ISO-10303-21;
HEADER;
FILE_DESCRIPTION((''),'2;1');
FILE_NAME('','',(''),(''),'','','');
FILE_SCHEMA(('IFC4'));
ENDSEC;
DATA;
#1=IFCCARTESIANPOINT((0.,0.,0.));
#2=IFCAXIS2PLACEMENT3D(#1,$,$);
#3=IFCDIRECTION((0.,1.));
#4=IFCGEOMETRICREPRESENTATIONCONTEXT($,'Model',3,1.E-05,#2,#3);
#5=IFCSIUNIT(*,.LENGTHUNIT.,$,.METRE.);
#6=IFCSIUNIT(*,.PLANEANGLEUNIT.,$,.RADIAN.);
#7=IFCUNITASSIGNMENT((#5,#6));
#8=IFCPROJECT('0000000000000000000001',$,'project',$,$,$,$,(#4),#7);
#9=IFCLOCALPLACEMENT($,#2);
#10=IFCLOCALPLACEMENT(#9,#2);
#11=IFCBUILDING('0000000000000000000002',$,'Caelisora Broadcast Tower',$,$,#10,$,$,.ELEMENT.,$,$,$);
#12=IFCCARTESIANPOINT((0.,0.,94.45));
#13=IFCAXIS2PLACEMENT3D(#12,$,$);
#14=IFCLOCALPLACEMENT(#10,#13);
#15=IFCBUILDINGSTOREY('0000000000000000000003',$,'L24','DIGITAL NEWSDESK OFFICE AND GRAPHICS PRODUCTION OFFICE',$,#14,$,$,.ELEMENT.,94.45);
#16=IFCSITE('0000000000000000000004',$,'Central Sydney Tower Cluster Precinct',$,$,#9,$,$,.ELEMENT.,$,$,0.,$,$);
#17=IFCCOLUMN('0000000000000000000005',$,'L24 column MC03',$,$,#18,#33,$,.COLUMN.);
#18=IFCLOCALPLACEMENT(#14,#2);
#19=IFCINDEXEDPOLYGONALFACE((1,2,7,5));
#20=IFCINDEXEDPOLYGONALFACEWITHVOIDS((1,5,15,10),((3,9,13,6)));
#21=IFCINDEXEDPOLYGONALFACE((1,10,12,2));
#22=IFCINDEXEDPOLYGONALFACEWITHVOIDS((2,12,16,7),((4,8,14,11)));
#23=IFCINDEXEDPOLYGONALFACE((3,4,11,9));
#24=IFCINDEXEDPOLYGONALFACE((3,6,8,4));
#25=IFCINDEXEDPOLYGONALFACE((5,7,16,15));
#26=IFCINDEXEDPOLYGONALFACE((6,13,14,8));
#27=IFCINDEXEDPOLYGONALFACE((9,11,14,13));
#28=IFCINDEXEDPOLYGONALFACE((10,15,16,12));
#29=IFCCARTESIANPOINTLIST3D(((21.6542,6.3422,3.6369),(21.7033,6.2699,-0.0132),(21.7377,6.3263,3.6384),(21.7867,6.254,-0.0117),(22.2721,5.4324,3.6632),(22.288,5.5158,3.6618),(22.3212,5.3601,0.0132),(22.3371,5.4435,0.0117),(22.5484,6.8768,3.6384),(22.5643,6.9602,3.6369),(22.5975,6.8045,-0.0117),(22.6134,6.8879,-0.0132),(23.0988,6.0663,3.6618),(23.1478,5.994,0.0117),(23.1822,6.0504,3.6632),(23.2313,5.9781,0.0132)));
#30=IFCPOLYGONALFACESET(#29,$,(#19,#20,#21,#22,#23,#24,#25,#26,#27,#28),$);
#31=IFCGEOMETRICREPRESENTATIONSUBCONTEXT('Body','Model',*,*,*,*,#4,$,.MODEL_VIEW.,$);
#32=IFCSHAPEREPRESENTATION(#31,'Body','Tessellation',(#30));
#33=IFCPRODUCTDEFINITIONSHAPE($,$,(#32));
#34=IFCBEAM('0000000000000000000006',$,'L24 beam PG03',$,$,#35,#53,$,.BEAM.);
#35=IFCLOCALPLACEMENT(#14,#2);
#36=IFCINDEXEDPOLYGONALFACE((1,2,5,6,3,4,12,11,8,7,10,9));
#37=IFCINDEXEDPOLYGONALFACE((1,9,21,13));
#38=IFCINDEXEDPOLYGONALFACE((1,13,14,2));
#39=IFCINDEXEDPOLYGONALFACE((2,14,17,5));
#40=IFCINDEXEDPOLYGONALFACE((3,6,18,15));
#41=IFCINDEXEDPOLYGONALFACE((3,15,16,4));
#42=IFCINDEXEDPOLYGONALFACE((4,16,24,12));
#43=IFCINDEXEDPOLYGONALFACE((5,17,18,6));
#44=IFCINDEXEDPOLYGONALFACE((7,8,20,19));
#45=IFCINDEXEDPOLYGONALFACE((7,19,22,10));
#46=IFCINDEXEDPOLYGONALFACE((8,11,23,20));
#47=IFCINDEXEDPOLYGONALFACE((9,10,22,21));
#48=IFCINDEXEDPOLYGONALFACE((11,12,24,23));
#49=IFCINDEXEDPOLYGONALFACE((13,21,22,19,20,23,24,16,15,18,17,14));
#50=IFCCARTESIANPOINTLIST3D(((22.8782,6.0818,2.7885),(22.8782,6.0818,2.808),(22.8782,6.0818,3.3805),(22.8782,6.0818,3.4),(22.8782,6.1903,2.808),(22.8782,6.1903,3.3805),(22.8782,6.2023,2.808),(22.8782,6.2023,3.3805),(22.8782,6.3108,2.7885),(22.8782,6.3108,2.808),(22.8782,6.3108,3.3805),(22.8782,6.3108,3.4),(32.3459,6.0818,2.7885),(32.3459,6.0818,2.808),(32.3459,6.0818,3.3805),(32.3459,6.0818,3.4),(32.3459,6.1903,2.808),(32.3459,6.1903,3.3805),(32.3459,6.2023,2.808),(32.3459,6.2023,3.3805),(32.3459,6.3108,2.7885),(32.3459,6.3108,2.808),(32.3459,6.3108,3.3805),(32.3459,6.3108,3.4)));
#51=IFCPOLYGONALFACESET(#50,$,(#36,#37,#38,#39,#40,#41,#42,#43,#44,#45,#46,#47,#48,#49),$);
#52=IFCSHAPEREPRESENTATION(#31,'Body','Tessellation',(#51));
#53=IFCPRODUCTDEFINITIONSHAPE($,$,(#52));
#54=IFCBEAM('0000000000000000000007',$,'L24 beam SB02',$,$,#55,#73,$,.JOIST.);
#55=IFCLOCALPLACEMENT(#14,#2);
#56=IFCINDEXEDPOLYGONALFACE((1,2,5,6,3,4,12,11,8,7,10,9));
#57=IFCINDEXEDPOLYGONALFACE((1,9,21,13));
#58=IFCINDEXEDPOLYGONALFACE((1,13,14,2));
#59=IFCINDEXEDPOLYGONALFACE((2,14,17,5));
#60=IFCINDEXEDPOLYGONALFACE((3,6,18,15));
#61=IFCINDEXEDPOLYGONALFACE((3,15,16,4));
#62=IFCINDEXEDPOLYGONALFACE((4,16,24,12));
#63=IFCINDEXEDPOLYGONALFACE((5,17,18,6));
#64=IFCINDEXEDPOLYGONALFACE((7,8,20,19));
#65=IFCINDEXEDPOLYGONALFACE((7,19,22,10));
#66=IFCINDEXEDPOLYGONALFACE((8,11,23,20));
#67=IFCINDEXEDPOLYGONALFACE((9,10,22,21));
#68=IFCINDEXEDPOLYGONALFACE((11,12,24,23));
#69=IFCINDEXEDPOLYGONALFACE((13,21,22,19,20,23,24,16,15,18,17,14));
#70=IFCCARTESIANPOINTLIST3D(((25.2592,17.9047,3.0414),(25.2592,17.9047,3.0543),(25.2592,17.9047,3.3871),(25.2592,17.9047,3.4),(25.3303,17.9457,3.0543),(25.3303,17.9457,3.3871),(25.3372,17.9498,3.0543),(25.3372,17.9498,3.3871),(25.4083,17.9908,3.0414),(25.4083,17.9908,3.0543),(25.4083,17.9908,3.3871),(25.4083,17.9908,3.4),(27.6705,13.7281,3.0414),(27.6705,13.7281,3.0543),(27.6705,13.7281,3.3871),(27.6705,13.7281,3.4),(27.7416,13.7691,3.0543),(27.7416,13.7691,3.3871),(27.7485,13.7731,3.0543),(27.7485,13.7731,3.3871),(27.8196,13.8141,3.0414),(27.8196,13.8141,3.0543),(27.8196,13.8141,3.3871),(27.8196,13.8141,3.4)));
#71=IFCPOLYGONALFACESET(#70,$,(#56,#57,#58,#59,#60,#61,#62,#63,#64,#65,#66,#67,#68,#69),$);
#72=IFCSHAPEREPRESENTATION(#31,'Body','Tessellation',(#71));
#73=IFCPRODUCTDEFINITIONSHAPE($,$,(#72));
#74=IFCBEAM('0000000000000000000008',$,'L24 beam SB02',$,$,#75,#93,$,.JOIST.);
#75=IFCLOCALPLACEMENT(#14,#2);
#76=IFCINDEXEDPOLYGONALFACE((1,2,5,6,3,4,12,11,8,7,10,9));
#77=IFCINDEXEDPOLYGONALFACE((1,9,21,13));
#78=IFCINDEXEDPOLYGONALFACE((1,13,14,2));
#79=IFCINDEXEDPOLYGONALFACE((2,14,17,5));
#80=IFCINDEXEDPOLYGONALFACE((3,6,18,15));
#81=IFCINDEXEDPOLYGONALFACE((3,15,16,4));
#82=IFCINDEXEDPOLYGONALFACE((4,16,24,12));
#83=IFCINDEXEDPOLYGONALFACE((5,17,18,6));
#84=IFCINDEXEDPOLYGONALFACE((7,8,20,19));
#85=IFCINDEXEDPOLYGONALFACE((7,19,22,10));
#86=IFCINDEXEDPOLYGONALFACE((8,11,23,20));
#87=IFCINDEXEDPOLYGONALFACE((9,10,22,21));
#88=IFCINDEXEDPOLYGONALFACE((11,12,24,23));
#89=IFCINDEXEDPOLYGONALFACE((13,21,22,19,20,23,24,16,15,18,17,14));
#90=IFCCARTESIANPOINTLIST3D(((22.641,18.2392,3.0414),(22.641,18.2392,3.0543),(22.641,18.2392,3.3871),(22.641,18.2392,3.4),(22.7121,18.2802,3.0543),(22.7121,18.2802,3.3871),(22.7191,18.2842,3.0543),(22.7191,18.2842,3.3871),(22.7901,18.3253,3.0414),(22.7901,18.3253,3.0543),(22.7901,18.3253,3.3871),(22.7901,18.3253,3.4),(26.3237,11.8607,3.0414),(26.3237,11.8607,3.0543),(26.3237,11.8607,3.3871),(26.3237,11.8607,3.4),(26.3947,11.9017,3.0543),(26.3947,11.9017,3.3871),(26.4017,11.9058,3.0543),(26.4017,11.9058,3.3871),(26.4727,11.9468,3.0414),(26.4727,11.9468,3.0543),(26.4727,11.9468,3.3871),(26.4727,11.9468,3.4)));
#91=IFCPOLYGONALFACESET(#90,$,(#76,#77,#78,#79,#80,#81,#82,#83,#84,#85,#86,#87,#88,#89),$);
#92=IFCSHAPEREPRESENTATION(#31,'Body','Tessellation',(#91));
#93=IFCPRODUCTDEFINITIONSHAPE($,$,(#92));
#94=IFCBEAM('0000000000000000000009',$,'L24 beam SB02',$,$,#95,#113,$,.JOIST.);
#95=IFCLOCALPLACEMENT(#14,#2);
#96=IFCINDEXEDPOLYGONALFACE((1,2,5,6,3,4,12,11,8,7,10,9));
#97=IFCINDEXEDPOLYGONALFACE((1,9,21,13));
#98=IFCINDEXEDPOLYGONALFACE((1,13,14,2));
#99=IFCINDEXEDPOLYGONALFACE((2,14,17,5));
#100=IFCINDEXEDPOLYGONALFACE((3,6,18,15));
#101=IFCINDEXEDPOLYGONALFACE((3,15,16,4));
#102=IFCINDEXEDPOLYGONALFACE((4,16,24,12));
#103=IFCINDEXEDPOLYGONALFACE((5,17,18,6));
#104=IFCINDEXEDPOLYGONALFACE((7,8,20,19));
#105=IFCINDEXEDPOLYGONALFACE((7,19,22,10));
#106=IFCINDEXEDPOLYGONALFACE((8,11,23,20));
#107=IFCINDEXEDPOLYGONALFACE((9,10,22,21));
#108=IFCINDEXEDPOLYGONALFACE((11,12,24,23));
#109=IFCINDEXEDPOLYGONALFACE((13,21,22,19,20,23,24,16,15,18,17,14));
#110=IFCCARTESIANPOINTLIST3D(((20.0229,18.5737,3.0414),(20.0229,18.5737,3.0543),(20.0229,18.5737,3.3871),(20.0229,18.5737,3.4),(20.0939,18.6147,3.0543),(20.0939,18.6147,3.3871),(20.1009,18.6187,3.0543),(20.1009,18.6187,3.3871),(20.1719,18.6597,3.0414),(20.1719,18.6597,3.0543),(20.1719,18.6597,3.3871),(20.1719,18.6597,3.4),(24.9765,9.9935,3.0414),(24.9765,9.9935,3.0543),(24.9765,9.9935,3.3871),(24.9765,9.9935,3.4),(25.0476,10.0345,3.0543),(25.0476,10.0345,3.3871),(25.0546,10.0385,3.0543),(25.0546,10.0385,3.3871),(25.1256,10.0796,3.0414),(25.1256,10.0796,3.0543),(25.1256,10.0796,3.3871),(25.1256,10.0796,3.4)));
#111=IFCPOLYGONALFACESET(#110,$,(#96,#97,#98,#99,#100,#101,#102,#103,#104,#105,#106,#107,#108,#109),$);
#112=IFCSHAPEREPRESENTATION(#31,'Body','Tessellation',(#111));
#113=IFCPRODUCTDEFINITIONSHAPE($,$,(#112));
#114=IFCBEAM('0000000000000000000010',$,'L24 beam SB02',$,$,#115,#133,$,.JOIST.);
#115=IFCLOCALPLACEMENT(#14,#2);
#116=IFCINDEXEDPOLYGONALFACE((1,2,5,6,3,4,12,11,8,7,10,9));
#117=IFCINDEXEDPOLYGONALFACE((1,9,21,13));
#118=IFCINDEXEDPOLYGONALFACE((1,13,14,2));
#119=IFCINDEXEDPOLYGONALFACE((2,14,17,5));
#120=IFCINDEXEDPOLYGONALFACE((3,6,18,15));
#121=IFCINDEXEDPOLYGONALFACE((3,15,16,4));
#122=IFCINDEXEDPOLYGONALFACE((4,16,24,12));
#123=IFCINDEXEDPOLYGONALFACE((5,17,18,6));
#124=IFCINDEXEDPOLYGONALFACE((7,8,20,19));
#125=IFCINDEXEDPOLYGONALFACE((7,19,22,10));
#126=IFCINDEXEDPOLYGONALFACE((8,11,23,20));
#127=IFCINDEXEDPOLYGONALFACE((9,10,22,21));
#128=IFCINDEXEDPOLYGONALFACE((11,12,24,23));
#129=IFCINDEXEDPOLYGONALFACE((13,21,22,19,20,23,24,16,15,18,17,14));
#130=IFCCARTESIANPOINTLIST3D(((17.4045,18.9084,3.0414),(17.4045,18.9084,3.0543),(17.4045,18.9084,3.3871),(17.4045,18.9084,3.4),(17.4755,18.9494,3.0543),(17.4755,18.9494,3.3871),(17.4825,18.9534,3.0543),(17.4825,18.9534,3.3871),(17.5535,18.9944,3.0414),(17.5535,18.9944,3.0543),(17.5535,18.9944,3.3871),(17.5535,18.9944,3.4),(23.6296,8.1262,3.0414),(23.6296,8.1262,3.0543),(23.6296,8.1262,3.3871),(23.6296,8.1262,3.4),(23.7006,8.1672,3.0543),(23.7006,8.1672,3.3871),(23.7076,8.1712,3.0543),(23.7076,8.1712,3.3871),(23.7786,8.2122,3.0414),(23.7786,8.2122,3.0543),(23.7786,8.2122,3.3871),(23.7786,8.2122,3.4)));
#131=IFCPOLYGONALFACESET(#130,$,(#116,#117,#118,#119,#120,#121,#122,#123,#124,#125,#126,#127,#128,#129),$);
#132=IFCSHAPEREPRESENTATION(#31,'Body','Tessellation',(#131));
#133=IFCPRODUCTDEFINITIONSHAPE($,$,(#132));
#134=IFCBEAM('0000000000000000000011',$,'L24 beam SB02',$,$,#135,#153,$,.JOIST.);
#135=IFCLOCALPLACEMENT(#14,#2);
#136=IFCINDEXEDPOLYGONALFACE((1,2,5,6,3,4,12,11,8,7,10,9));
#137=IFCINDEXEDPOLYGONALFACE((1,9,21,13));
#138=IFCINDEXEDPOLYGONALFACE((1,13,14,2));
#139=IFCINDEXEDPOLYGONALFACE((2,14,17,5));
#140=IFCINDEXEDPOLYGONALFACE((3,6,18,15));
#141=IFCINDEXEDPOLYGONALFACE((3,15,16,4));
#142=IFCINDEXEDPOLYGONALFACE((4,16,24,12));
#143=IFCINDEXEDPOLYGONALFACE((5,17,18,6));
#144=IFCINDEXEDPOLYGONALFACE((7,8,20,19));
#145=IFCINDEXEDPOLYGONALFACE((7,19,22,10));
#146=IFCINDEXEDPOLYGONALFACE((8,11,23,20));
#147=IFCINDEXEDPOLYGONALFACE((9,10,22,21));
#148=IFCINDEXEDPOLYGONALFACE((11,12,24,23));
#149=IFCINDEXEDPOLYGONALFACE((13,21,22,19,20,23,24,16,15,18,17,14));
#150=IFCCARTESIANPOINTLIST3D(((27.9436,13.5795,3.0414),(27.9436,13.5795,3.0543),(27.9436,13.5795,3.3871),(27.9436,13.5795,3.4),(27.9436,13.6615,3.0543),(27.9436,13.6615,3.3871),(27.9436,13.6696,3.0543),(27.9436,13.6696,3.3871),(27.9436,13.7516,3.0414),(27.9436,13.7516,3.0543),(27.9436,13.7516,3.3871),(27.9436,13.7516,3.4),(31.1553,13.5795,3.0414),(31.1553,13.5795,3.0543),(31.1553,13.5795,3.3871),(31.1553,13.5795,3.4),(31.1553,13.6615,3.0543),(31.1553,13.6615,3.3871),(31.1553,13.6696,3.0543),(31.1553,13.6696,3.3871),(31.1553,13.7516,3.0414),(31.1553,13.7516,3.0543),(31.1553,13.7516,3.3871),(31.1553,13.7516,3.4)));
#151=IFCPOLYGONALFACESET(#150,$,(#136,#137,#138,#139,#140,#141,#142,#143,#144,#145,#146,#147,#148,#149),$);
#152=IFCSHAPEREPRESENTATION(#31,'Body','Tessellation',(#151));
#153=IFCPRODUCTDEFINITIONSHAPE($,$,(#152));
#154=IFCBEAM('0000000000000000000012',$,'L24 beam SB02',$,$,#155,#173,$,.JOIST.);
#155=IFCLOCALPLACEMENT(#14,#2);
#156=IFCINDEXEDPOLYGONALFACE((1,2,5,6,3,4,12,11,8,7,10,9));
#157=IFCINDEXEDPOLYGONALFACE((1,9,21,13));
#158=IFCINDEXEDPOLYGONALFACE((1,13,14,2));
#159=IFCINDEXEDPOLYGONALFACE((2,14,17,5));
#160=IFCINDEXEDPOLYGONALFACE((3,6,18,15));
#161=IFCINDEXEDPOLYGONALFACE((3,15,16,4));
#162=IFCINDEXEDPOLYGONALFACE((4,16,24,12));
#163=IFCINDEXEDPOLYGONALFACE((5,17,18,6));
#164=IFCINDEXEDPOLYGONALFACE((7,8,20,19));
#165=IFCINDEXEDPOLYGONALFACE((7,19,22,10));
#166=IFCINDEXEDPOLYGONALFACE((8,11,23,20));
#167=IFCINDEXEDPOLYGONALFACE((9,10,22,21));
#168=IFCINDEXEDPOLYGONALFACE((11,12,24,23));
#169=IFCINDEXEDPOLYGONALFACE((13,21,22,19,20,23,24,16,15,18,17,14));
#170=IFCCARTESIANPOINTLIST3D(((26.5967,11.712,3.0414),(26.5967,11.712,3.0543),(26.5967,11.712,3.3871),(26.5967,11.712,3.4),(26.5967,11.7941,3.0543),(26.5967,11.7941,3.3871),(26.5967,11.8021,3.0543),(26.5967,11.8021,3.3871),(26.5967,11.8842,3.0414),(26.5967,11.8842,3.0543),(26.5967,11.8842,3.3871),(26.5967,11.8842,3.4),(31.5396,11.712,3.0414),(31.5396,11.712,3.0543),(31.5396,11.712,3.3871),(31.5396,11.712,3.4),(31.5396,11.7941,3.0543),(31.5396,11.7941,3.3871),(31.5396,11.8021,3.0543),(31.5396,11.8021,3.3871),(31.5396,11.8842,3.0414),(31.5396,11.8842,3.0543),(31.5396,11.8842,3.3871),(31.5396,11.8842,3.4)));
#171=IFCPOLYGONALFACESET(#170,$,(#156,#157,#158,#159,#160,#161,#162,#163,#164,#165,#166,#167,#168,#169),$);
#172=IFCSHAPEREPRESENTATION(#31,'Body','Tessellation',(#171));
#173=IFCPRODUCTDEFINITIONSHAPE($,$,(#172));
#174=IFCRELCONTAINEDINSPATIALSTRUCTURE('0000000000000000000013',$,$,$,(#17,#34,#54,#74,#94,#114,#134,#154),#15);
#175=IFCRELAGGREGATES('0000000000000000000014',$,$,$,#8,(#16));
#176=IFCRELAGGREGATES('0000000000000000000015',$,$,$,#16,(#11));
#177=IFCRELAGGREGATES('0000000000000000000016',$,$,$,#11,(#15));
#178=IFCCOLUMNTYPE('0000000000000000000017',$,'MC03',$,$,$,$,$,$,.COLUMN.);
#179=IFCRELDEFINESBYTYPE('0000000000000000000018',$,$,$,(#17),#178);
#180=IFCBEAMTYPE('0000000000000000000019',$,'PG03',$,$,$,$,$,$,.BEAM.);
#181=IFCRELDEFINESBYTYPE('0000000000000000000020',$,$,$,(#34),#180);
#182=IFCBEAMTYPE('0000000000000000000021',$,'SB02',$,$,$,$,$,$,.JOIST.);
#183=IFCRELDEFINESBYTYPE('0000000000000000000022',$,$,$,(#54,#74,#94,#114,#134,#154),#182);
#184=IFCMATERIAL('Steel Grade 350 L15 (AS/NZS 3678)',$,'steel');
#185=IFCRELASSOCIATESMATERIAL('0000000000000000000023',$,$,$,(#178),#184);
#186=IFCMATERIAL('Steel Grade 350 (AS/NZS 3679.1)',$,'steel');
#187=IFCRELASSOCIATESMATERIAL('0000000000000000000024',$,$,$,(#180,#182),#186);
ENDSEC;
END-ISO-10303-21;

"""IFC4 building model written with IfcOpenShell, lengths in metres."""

from ifc_helpers import new_model, si_unit, direction, frame, origin, origin_2d, place, context, subcontext, project, spatial, hollow_rectangle, i_section, extrude, source, transform, mapped, material, material_profile, profile_set, type_object, type_shapes, element, save


model = new_model("IFC4")

# Units and contexts
model_context = context("Model", 3, precision=1e-05, world=origin(), true_north=direction((0.0, 1.0)))
body_context = subcontext(model_context, "Body", "Model", "MODEL_VIEW")
ifc_project = project(units=[si_unit("LENGTHUNIT", "METRE"), si_unit("PLANEANGLEUNIT", "RADIAN")], contexts=[model_context])

# Site, building, storey
site_placement = place(None, origin())
site = spatial("IfcSite", under=ifc_project, at=site_placement, Name="Central Sydney Tower Cluster Precinct", CompositionType="ELEMENT", RefElevation=0.0)
building_placement = place(site_placement, origin())
building = spatial("IfcBuilding", under=site, at=building_placement, Name="Caelisora Broadcast Tower", CompositionType="ELEMENT")
storey_placement = place(building_placement, frame((0.0, 0.0, 94.45)))
storey = spatial("IfcBuildingStorey", under=building, at=storey_placement, Name="L24", Description="DIGITAL NEWSDESK OFFICE AND GRAPHICS PRODUCTION OFFICE", CompositionType="ELEMENT", Elevation=94.45)

# Column
ifc_material_1 = material(Name="Steel Grade 350 L15 (AS/NZS 3678)", Category="steel")
ifc_material_profile_1 = material_profile(ifc_material_1, hollow_rectangle(XDim=1.1001, YDim=1.1001, WallThickness=0.0601, at=origin_2d()), Name="Steel Grade 350 L15 (AS/NZS 3678)")
ifc_profile_set_1 = profile_set([ifc_material_profile_1], Name="Steel Grade 350 L15 (AS/NZS 3678)")
column_type = type_object("IfcColumnType", Name="MC03", PredefinedType="COLUMN", material=ifc_profile_set_1)
shared_shape_1 = source(origin(), body_context, "Body", "SweptSolid", [
    extrude(hollow_rectangle(XDim=1.1001, YDim=1.1001, WallThickness=0.0601, at=origin_2d()), origin(), (0.0, 0.0, 1.0), 3.6511),
])
type_shapes(column_type, [shared_shape_1])
column_placement = place(storey_placement, frame((22.4673, 6.124, 0.0), z_axis=(-0.01344, 0.019792, 0.999714), x_axis=(-0.82729, -0.561775, 0.0)))
element("IfcColumn", 1, at=column_placement, inside=storey, type_object=column_type, Name="L24 column MC03", PredefinedType="COLUMN", context=body_context, shape_type="MappedRepresentation", body=[
    mapped(shared_shape_1, transform((0.0, 0.0, 0.0), scale=1.0)),
])

# Beams
ifc_material_2 = material(Name="Steel Grade 350 (AS/NZS 3679.1)", Category="steel")
ifc_material_profile_2 = material_profile(ifc_material_2, i_section(OverallWidth=0.229, OverallDepth=0.6116, WebThickness=0.012, FlangeThickness=0.0195, at=origin_2d()), Name="Steel Grade 350 (AS/NZS 3679.1)")
ifc_profile_set_2 = profile_set([ifc_material_profile_2], Name="Steel Grade 350 (AS/NZS 3679.1)")
beam_type_1 = type_object("IfcBeamType", Name="PG03", PredefinedType="BEAM", material=ifc_profile_set_2)
shared_shape_2 = source(origin(), body_context, "Body", "SweptSolid", [
    extrude(i_section(OverallWidth=0.229, OverallDepth=0.6116, WebThickness=0.012, FlangeThickness=0.0195, at=origin_2d()), origin(), (0.0, 0.0, 1.0), 9.4678),
])
type_shapes(beam_type_1, [shared_shape_2])
beam_1_placement = place(storey_placement, frame((22.8782, 6.1963, 3.0942), z_axis=(1.0, 0.0, 0.0), x_axis=(0.0, 1.0, 0.0)))
element("IfcBeam", 2, at=beam_1_placement, inside=storey, type_object=beam_type_1, Name="L24 beam PG03", PredefinedType="BEAM", context=body_context, shape_type="MappedRepresentation", body=[
    mapped(shared_shape_2, transform((0.0, 0.0, 0.0), scale=1.0)),
])
ifc_material_profile_3 = material_profile(ifc_material_2, i_section(OverallWidth=0.1721, OverallDepth=0.3586, WebThickness=0.0081, FlangeThickness=0.0129, at=origin_2d()), Name="Steel Grade 350 (AS/NZS 3679.1)")
ifc_profile_set_3 = profile_set([ifc_material_profile_3], Name="Steel Grade 350 (AS/NZS 3679.1)")
beam_type_2 = type_object("IfcBeamType", Name="SB02", PredefinedType="JOIST", material=ifc_profile_set_3)
shared_shape_3 = source(origin(), body_context, "Body", "SweptSolid", [
    extrude(i_section(OverallWidth=0.1721, OverallDepth=0.3586, WebThickness=0.0081, FlangeThickness=0.0129, at=origin_2d()), origin(), (0.0, 0.0, 1.0), 4.8228),
])
beam_2_placement = place(storey_placement, frame((25.3337, 17.9478, 3.2207), z_axis=(0.499988, -0.866032, 0.0), x_axis=(0.866032, 0.499988, 0.0)))
element("IfcBeam", 3, at=beam_2_placement, inside=storey, type_object=beam_type_2, Name="L24 beam SB02", PredefinedType="JOIST", context=body_context, shape_type="MappedRepresentation", body=[
    mapped(shared_shape_3, transform((0.0, 0.0, 0.0), scale=1.0)),
])
shared_shape_4 = source(origin(), body_context, "Body", "SweptSolid", [
    extrude(i_section(OverallWidth=0.1721, OverallDepth=0.3586, WebThickness=0.0081, FlangeThickness=0.0129, at=origin_2d()), origin(), (0.0, 0.0, 1.0), 7.3652),
])
beam_3_placement = place(storey_placement, frame((22.7156, 18.2822, 3.2207), z_axis=(0.500004, -0.866023, 0.0), x_axis=(0.866023, 0.500004, 0.0)))
element("IfcBeam", 4, at=beam_3_placement, inside=storey, type_object=beam_type_2, Name="L24 beam SB02", PredefinedType="JOIST", context=body_context, shape_type="MappedRepresentation", body=[
    mapped(shared_shape_4, transform((0.0, 0.0, 0.0), scale=1.0)),
])
shared_shape_5 = source(origin(), body_context, "Body", "SweptSolid", [
    extrude(i_section(OverallWidth=0.1721, OverallDepth=0.3586, WebThickness=0.0081, FlangeThickness=0.0129, at=origin_2d()), origin(), (0.0, 0.0, 1.0), 9.9075),
])
beam_4_placement = place(storey_placement, frame((20.0974, 18.6167, 3.2207), z_axis=(0.499993, -0.86603, 0.0), x_axis=(0.86603, 0.499993, 0.0)))
element("IfcBeam", 5, at=beam_4_placement, inside=storey, type_object=beam_type_2, Name="L24 beam SB02", PredefinedType="JOIST", context=body_context, shape_type="MappedRepresentation", body=[
    mapped(shared_shape_5, transform((0.0, 0.0, 0.0), scale=1.0)),
])
shared_shape_6 = source(origin(), body_context, "Body", "SweptSolid", [
    extrude(i_section(OverallWidth=0.1721, OverallDepth=0.3586, WebThickness=0.0081, FlangeThickness=0.0129, at=origin_2d()), origin(), (0.0, 0.0, 1.0), 12.4502),
])
beam_5_placement = place(storey_placement, frame((17.479, 18.9514, 3.2207), z_axis=(0.499999, -0.866026, 0.0), x_axis=(0.866026, 0.499999, 0.0)))
element("IfcBeam", 6, at=beam_5_placement, inside=storey, type_object=beam_type_2, Name="L24 beam SB02", PredefinedType="JOIST", context=body_context, shape_type="MappedRepresentation", body=[
    mapped(shared_shape_6, transform((0.0, 0.0, 0.0), scale=1.0)),
])
shared_shape_7 = source(origin(), body_context, "Body", "SweptSolid", [
    extrude(i_section(OverallWidth=0.1721, OverallDepth=0.3586, WebThickness=0.0081, FlangeThickness=0.0129, at=origin_2d()), origin(), (0.0, 0.0, 1.0), 3.2117),
])
beam_6_placement = place(storey_placement, frame((27.9436, 13.6655, 3.2207), z_axis=(1.0, 0.0, 0.0), x_axis=(0.0, 1.0, 0.0)))
element("IfcBeam", 7, at=beam_6_placement, inside=storey, type_object=beam_type_2, Name="L24 beam SB02", PredefinedType="JOIST", context=body_context, shape_type="MappedRepresentation", body=[
    mapped(shared_shape_7, transform((0.0, 0.0, 0.0), scale=1.0)),
])
shared_shape_8 = source(origin(), body_context, "Body", "SweptSolid", [
    extrude(i_section(OverallWidth=0.1721, OverallDepth=0.3586, WebThickness=0.0081, FlangeThickness=0.0129, at=origin_2d()), origin(), (0.0, 0.0, 1.0), 4.9429),
])
beam_7_placement = place(storey_placement, frame((26.5967, 11.7981, 3.2207), z_axis=(1.0, 0.0, 0.0), x_axis=(0.0, 1.0, 0.0)))
element("IfcBeam", 8, at=beam_7_placement, inside=storey, type_object=beam_type_2, Name="L24 beam SB02", PredefinedType="JOIST", context=body_context, shape_type="MappedRepresentation", body=[
    mapped(shared_shape_8, transform((0.0, 0.0, 0.0), scale=1.0)),
])

save(model, "model.ifc")
